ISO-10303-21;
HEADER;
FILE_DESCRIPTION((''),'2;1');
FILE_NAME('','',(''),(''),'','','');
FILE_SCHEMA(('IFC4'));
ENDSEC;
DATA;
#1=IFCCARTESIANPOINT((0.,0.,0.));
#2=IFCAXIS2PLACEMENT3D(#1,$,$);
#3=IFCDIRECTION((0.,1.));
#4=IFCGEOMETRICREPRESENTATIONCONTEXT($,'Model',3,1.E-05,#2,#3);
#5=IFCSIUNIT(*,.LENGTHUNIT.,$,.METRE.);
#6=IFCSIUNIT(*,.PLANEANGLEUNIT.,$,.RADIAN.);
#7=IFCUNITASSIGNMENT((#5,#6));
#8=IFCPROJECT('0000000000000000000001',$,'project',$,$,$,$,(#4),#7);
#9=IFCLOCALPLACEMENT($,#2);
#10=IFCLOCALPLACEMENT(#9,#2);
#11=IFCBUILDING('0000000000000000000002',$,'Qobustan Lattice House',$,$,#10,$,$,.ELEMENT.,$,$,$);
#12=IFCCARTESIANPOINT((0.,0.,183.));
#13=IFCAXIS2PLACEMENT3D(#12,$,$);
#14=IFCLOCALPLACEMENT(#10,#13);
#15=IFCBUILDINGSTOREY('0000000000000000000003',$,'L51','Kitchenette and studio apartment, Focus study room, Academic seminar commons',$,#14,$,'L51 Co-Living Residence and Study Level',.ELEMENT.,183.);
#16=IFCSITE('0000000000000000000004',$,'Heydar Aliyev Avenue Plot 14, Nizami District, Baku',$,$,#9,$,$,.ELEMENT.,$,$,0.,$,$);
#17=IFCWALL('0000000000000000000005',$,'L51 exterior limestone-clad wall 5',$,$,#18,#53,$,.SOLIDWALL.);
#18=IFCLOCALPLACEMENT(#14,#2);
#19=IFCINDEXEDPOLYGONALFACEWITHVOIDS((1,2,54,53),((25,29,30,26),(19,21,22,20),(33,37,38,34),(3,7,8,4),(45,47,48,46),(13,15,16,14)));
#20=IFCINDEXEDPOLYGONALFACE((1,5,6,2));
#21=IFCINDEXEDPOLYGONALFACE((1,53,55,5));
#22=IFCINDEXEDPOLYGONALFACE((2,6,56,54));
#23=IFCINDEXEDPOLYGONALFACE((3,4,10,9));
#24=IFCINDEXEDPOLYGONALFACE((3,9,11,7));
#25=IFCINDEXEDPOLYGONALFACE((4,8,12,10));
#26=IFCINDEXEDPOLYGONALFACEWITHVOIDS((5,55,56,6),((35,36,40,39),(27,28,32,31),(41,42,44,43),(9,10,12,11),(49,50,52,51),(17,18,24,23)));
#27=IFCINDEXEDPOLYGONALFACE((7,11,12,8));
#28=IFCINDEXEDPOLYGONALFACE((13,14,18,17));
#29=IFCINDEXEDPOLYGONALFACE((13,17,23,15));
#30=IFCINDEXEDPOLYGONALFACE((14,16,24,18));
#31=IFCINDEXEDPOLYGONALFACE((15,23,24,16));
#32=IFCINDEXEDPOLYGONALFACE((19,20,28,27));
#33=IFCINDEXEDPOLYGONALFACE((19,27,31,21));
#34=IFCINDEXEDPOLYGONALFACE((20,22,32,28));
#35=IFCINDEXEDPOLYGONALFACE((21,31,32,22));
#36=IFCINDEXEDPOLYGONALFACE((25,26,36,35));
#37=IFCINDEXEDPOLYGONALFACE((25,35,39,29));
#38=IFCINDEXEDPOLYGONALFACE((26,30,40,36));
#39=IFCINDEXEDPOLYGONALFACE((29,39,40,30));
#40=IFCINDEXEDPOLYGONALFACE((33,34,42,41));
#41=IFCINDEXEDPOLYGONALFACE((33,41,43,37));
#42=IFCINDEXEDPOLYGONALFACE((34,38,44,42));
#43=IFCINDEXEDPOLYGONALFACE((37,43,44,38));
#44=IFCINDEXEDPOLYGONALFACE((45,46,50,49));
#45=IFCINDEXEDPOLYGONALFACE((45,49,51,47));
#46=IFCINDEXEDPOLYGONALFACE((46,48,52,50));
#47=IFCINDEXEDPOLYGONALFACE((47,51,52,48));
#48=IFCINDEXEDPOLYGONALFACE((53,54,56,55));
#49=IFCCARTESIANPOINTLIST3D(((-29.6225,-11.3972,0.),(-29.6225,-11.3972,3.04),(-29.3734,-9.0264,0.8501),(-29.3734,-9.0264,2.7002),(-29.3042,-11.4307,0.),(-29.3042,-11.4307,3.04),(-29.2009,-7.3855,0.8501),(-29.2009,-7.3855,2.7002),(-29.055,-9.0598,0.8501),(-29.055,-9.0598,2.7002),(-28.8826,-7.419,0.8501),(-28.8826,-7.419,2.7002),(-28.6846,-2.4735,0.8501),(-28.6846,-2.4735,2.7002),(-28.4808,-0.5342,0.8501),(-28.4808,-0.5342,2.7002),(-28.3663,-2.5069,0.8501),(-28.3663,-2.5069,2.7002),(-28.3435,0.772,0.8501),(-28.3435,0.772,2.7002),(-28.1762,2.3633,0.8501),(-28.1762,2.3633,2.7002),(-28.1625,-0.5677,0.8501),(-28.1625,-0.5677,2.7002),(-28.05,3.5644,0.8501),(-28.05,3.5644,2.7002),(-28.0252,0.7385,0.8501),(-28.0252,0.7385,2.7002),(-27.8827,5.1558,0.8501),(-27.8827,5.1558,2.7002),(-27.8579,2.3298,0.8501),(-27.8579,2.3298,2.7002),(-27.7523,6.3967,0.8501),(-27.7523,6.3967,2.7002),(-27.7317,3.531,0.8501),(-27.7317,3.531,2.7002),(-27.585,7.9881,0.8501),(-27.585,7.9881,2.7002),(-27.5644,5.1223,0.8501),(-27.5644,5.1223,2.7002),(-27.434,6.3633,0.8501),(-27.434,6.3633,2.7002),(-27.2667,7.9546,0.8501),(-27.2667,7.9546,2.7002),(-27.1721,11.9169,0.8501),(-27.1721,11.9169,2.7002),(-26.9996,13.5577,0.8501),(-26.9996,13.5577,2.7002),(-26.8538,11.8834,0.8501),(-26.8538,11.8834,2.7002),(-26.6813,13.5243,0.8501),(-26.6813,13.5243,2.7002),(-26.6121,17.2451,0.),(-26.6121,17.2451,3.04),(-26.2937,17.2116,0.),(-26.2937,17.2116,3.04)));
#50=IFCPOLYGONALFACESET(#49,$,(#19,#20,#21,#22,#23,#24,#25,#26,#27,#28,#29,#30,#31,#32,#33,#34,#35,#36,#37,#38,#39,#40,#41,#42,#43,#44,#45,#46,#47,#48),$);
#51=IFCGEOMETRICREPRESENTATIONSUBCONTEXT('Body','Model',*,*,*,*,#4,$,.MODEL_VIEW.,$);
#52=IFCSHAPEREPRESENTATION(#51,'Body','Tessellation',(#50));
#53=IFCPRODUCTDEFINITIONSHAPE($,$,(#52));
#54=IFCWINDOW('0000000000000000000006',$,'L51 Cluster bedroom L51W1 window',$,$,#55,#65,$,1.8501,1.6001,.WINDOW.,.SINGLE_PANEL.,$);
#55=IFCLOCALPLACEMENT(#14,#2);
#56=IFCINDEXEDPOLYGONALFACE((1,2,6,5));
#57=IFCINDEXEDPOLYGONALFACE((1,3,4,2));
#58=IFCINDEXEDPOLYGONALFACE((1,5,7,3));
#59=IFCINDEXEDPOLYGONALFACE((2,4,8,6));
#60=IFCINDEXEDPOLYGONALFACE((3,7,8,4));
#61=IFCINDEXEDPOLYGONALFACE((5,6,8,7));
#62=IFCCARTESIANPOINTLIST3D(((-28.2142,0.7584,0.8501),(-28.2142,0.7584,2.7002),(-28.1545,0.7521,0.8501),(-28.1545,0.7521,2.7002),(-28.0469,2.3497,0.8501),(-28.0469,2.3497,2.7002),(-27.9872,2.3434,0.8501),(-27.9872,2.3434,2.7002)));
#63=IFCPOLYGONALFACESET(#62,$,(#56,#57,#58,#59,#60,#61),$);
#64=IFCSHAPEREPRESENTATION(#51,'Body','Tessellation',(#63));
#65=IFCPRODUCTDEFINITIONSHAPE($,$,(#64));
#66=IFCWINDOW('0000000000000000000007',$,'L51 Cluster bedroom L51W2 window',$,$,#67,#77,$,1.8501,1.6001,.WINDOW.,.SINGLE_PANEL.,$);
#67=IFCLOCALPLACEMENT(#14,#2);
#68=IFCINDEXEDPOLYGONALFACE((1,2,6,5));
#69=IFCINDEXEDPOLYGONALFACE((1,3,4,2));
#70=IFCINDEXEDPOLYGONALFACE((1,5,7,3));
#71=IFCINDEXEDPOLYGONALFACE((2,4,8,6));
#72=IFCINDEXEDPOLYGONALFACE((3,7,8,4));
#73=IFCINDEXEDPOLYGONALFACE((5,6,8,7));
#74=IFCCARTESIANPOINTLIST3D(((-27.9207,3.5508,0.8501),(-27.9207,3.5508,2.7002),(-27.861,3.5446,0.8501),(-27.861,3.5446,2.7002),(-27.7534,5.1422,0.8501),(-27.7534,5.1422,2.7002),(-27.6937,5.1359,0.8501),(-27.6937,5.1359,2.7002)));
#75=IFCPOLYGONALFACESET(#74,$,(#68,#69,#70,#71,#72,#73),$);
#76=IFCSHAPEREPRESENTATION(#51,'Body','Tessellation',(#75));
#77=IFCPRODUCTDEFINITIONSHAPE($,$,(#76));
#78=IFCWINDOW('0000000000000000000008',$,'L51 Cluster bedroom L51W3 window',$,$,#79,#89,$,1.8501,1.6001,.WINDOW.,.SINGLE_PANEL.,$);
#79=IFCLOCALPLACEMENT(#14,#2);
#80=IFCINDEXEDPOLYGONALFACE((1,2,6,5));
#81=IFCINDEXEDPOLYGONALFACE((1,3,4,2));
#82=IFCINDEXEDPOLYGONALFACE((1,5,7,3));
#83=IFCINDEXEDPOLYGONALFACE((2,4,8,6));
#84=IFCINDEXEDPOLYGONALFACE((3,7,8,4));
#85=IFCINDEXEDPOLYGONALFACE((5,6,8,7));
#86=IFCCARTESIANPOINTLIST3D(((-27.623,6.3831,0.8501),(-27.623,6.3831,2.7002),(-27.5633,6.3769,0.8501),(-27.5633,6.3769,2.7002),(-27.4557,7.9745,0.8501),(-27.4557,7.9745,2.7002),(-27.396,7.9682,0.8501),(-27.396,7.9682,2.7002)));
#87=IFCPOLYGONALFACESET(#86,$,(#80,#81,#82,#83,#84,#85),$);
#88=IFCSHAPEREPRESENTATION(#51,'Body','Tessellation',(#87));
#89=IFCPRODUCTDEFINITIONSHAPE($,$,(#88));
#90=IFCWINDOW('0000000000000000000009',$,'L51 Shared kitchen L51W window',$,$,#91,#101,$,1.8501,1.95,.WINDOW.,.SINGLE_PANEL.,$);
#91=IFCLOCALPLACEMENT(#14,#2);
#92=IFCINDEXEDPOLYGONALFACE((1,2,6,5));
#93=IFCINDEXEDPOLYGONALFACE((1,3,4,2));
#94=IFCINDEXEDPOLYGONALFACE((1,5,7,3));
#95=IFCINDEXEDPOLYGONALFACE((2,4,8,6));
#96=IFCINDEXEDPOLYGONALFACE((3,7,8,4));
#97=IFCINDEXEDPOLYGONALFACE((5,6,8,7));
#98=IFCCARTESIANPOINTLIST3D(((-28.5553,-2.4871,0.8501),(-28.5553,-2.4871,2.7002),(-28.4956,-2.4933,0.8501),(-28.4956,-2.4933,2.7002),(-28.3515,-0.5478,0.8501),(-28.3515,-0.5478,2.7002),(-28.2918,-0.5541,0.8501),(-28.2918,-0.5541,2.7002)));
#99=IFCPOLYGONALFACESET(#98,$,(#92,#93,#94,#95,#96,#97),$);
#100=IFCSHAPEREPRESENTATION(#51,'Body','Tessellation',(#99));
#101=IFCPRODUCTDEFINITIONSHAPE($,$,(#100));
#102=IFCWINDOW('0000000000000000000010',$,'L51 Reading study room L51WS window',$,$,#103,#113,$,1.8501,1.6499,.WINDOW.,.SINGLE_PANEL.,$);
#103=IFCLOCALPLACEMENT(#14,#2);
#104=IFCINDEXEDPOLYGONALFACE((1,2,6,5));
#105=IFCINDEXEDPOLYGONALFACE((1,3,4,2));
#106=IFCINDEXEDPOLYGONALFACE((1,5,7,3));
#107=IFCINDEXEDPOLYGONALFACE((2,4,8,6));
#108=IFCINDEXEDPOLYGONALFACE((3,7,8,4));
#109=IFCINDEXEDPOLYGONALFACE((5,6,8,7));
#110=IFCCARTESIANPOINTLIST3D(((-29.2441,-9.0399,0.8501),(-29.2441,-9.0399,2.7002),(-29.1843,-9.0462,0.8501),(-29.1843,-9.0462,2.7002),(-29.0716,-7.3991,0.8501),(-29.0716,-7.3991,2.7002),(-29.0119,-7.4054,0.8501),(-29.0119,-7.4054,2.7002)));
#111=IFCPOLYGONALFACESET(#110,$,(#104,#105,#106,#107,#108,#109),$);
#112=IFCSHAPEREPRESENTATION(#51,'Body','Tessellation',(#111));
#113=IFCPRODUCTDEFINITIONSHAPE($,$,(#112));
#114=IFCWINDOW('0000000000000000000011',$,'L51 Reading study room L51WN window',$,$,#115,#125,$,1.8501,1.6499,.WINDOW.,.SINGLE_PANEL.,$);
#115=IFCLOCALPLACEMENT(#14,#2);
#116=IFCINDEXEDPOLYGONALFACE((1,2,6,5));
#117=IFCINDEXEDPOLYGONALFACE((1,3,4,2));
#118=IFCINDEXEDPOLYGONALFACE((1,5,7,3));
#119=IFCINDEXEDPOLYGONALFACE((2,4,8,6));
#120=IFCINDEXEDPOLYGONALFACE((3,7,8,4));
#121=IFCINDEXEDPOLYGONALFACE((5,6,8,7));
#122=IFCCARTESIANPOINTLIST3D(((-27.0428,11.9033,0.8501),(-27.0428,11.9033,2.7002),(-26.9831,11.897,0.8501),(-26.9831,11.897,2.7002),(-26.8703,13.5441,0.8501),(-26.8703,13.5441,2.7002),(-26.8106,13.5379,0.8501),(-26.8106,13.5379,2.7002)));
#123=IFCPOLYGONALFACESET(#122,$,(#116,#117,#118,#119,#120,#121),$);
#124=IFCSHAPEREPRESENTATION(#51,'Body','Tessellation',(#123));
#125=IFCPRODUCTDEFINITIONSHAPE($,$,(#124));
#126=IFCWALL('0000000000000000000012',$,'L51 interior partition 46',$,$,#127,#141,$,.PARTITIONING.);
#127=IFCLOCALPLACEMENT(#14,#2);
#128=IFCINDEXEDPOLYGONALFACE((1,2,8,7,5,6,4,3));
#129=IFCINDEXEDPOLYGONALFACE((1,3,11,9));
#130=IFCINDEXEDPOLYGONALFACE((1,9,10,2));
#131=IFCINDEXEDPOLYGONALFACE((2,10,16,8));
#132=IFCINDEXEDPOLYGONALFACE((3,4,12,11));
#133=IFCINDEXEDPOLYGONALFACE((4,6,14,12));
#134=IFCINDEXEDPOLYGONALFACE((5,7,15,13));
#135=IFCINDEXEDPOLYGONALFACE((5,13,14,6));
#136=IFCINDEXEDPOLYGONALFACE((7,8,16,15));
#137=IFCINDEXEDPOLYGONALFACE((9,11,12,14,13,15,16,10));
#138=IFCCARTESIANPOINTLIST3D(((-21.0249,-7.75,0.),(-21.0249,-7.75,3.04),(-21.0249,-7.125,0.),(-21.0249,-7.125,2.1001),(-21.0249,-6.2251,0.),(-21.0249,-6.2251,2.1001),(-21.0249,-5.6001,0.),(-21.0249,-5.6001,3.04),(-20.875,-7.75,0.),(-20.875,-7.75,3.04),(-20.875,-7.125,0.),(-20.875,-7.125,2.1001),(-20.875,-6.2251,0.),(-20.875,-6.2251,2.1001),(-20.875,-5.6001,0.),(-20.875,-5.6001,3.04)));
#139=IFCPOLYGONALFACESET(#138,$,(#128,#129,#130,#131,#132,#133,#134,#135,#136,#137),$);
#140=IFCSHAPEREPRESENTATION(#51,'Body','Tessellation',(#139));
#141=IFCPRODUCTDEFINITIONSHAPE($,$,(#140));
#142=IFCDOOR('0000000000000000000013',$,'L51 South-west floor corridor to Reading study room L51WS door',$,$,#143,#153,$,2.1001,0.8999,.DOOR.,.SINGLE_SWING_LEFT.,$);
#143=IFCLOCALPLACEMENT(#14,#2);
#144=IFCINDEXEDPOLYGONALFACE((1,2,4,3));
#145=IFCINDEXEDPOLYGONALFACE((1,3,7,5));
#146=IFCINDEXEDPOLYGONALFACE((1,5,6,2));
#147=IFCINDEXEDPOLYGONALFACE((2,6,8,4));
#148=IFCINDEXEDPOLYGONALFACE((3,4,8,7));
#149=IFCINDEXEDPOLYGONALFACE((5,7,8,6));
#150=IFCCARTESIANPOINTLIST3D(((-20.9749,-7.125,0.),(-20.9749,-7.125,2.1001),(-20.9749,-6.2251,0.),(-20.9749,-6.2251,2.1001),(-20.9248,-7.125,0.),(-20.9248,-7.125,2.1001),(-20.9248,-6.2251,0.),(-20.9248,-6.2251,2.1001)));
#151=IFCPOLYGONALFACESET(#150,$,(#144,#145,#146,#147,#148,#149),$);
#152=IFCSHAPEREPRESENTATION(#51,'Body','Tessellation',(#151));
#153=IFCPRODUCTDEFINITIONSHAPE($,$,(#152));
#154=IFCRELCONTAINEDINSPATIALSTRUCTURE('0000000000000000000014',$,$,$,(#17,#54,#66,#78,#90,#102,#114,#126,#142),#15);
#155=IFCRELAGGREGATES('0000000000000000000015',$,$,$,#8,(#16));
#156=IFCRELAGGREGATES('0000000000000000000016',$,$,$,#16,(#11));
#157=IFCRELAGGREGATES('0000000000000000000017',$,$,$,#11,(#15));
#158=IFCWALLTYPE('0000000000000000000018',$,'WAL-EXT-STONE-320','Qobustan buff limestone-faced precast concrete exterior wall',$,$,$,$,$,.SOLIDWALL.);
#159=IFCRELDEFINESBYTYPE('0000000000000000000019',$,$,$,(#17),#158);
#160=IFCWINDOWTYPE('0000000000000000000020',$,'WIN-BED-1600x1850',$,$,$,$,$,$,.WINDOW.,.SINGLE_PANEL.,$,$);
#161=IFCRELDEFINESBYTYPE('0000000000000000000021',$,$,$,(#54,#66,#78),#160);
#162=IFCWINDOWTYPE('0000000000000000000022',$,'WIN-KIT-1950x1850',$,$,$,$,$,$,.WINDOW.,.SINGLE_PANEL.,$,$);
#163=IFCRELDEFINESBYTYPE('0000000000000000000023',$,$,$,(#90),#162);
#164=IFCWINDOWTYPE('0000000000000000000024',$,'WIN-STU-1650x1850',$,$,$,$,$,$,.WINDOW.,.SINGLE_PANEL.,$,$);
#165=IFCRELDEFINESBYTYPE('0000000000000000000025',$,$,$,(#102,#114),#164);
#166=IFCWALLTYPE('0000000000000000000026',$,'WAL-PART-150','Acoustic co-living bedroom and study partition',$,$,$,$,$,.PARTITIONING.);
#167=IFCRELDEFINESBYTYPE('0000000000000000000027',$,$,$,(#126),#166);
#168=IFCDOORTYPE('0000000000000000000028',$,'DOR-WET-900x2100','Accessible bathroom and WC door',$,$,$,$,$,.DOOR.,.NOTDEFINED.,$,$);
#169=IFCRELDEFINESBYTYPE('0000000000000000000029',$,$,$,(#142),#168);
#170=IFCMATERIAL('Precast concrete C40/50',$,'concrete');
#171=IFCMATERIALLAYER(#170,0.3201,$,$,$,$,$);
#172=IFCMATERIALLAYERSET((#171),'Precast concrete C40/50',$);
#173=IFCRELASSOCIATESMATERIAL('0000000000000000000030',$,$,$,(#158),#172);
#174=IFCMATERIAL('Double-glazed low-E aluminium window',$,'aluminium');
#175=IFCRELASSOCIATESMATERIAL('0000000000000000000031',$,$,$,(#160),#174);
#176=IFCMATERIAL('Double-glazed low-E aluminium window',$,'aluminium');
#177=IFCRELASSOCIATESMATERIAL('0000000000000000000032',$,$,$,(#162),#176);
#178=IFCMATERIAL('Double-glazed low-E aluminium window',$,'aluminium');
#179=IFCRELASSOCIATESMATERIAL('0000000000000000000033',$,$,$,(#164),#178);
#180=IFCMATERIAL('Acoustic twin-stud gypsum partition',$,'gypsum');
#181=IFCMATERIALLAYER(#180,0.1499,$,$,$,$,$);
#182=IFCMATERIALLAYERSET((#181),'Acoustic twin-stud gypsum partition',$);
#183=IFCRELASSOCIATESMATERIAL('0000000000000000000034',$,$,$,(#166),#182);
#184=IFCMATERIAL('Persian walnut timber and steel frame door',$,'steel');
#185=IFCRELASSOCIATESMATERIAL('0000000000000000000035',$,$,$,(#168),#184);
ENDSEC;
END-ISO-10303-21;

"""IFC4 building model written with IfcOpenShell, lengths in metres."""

from ifc_helpers import new_model, si_unit, direction, frame, frame_2d, origin, place, context, subcontext, project, spatial, rectangle, extrude, material, layer, layer_set, type_object, element, fill, save


model = new_model("IFC4")

# Units and contexts
model_context = context("Model", 3, precision=1e-05, world=origin(), true_north=direction((0.0, 1.0)))
body_context = subcontext(model_context, "Body", "Model", "MODEL_VIEW")
ifc_project = project(units=[si_unit("LENGTHUNIT", "METRE"), si_unit("PLANEANGLEUNIT", "RADIAN")], contexts=[model_context])

# Site, building, storey
site_placement = place(None, origin())
site = spatial("IfcSite", under=ifc_project, at=site_placement, Name="Heydar Aliyev Avenue Plot 14, Nizami District, Baku", CompositionType="ELEMENT", RefElevation=0.0)
building_placement = place(site_placement, origin())
building = spatial("IfcBuilding", under=site, at=building_placement, Name="Qobustan Lattice House", CompositionType="ELEMENT")
storey_placement = place(building_placement, frame((0.0, 0.0, 183.0)))
storey = spatial("IfcBuildingStorey", under=building, at=storey_placement, Name="L51", Description="Kitchenette and studio apartment, Focus study room, Academic seminar commons", LongName="L51 Co-Living Residence and Study Level", CompositionType="ELEMENT", Elevation=183.0)

# Shared definitions
ifc_material_1 = material(Name="Precast concrete C40/50", Category="concrete")
ifc_layer_1 = layer(ifc_material_1, 0.3201)
ifc_layer_set_1 = layer_set([ifc_layer_1], Name="Precast concrete C40/50")
wall_type_1 = type_object("IfcWallType", Name="WAL-EXT-STONE-320", Description="Qobustan buff limestone-faced precast concrete exterior wall", PredefinedType="SOLIDWALL", material=ifc_layer_set_1)

# Wall, openings, windows
wall_1_placement = place(storey_placement, frame((-29.4634, -11.4138, 0.0), z_axis=(0.0, 0.0, 1.0), x_axis=(0.104531, 0.994522, 0.0)))
wall_1 = element("IfcWall", 1, at=wall_1_placement, inside=storey, type_object=wall_type_1, Name="L51 exterior limestone-clad wall 5", PredefinedType="SOLIDWALL", context=body_context, shape_type="SweptSolid", body=[
    extrude(rectangle(XDim=28.8, YDim=0.3201, at=frame_2d((14.3999, 0.0))), origin(), (0.0, 0.0, 1.0), 3.04),
])
opening_1_placement = place(wall_1_placement, frame((2.3838, 0.0, 0.8501)))
opening_1 = element("IfcOpeningElement", 2, at=opening_1_placement, cuts=wall_1, PredefinedType="OPENING", context=body_context, shape_type="SweptSolid", body=[
    extrude(rectangle(XDim=1.6499, YDim=1.8501, at=frame_2d((0.825, 0.925))), frame((0.0, 0.1699, 0.0), z_axis=(0.0, -1.0, 0.0), x_axis=(1.0, 0.0, 0.0)), (0.0, 0.0, 1.0), 0.3401),
])
opening_2_placement = place(wall_1_placement, frame((8.9727, 0.0, 0.8501)))
opening_2 = element("IfcOpeningElement", 3, at=opening_2_placement, cuts=wall_1, PredefinedType="OPENING", context=body_context, shape_type="SweptSolid", body=[
    extrude(rectangle(XDim=1.95, YDim=1.8501, at=frame_2d((0.9751, 0.925))), frame((0.0, 0.1699, 0.0), z_axis=(0.0, -1.0, 0.0), x_axis=(1.0, 0.0, 0.0)), (0.0, 0.0, 1.0), 0.3401),
])
opening_3_placement = place(wall_1_placement, frame((12.2361, 0.0, 0.8501)))
opening_3 = element("IfcOpeningElement", 4, at=opening_3_placement, cuts=wall_1, PredefinedType="OPENING", context=body_context, shape_type="SweptSolid", body=[
    extrude(rectangle(XDim=1.6001, YDim=1.8501, at=frame_2d((0.8, 0.925))), frame((0.0, 0.1699, 0.0), z_axis=(0.0, -1.0, 0.0), x_axis=(1.0, 0.0, 0.0)), (0.0, 0.0, 1.0), 0.3401),
])
opening_4_placement = place(wall_1_placement, frame((15.0439, 0.0, 0.8501)))
opening_4 = element("IfcOpeningElement", 5, at=opening_4_placement, cuts=wall_1, PredefinedType="OPENING", context=body_context, shape_type="SweptSolid", body=[
    extrude(rectangle(XDim=1.6001, YDim=1.8501, at=frame_2d((0.8, 0.925))), frame((0.0, 0.1699, 0.0), z_axis=(0.0, -1.0, 0.0), x_axis=(1.0, 0.0, 0.0)), (0.0, 0.0, 1.0), 0.3401),
])
opening_5_placement = place(wall_1_placement, frame((17.8918, 0.0, 0.8501)))
opening_5 = element("IfcOpeningElement", 6, at=opening_5_placement, cuts=wall_1, PredefinedType="OPENING", context=body_context, shape_type="SweptSolid", body=[
    extrude(rectangle(XDim=1.6001, YDim=1.8501, at=frame_2d((0.8, 0.925))), frame((0.0, 0.1699, 0.0), z_axis=(0.0, -1.0, 0.0), x_axis=(1.0, 0.0, 0.0)), (0.0, 0.0, 1.0), 0.3401),
])
opening_6_placement = place(wall_1_placement, frame((23.4424, 0.0, 0.8501)))
opening_6 = element("IfcOpeningElement", 7, at=opening_6_placement, cuts=wall_1, PredefinedType="OPENING", context=body_context, shape_type="SweptSolid", body=[
    extrude(rectangle(XDim=1.6499, YDim=1.8501, at=frame_2d((0.825, 0.925))), frame((0.0, 0.1699, 0.0), z_axis=(0.0, -1.0, 0.0), x_axis=(1.0, 0.0, 0.0)), (0.0, 0.0, 1.0), 0.3401),
])
ifc_material_2 = material(Name="Double-glazed low-E aluminium window", Category="aluminium")
window_type_1 = type_object("IfcWindowType", Name="WIN-BED-1600x1850", PartitioningType="SINGLE_PANEL", PredefinedType="WINDOW", material=ifc_material_2)
window_1_placement = place(opening_3_placement, origin())
window_1 = element("IfcWindow", 8, at=window_1_placement, inside=storey, type_object=window_type_1, Name="L51 Cluster bedroom L51W1 window", OverallHeight=1.8501, OverallWidth=1.6001, PartitioningType="SINGLE_PANEL", PredefinedType="WINDOW", context=body_context, shape_type="SweptSolid", body=[
    extrude(rectangle(XDim=1.6001, YDim=1.8501, at=frame_2d((0.8, 0.925))), frame((0.0, 0.03, 0.0), z_axis=(0.0, -1.0, 0.0), x_axis=(1.0, 0.0, 0.0)), (0.0, 0.0, 1.0), 0.0601),
])
fill(opening_3, window_1)
window_2_placement = place(opening_4_placement, origin())
window_2 = element("IfcWindow", 9, at=window_2_placement, inside=storey, type_object=window_type_1, Name="L51 Cluster bedroom L51W2 window", OverallHeight=1.8501, OverallWidth=1.6001, PartitioningType="SINGLE_PANEL", PredefinedType="WINDOW", context=body_context, shape_type="SweptSolid", body=[
    extrude(rectangle(XDim=1.6001, YDim=1.8501, at=frame_2d((0.8, 0.925))), frame((0.0, 0.03, 0.0), z_axis=(0.0, -1.0, 0.0), x_axis=(1.0, 0.0, 0.0)), (0.0, 0.0, 1.0), 0.0601),
])
fill(opening_4, window_2)
window_3_placement = place(opening_5_placement, origin())
window_3 = element("IfcWindow", 10, at=window_3_placement, inside=storey, type_object=window_type_1, Name="L51 Cluster bedroom L51W3 window", OverallHeight=1.8501, OverallWidth=1.6001, PartitioningType="SINGLE_PANEL", PredefinedType="WINDOW", context=body_context, shape_type="SweptSolid", body=[
    extrude(rectangle(XDim=1.6001, YDim=1.8501, at=frame_2d((0.8, 0.925))), frame((0.0, 0.03, 0.0), z_axis=(0.0, -1.0, 0.0), x_axis=(1.0, 0.0, 0.0)), (0.0, 0.0, 1.0), 0.0601),
])
fill(opening_5, window_3)
ifc_material_3 = material(Name="Double-glazed low-E aluminium window", Category="aluminium")
window_type_2 = type_object("IfcWindowType", Name="WIN-KIT-1950x1850", PartitioningType="SINGLE_PANEL", PredefinedType="WINDOW", material=ifc_material_3)
window_4_placement = place(opening_2_placement, origin())
window_4 = element("IfcWindow", 11, at=window_4_placement, inside=storey, type_object=window_type_2, Name="L51 Shared kitchen L51W window", OverallHeight=1.8501, OverallWidth=1.95, PartitioningType="SINGLE_PANEL", PredefinedType="WINDOW", context=body_context, shape_type="SweptSolid", body=[
    extrude(rectangle(XDim=1.95, YDim=1.8501, at=frame_2d((0.9751, 0.925))), frame((0.0, 0.03, 0.0), z_axis=(0.0, -1.0, 0.0), x_axis=(1.0, 0.0, 0.0)), (0.0, 0.0, 1.0), 0.0601),
])
fill(opening_2, window_4)
ifc_material_4 = material(Name="Double-glazed low-E aluminium window", Category="aluminium")
window_type_3 = type_object("IfcWindowType", Name="WIN-STU-1650x1850", PartitioningType="SINGLE_PANEL", PredefinedType="WINDOW", material=ifc_material_4)
window_5_placement = place(opening_1_placement, origin())
window_5 = element("IfcWindow", 12, at=window_5_placement, inside=storey, type_object=window_type_3, Name="L51 Reading study room L51WS window", OverallHeight=1.8501, OverallWidth=1.6499, PartitioningType="SINGLE_PANEL", PredefinedType="WINDOW", context=body_context, shape_type="SweptSolid", body=[
    extrude(rectangle(XDim=1.6499, YDim=1.8501, at=frame_2d((0.825, 0.925))), frame((0.0, 0.03, 0.0), z_axis=(0.0, -1.0, 0.0), x_axis=(1.0, 0.0, 0.0)), (0.0, 0.0, 1.0), 0.0601),
])
fill(opening_1, window_5)
window_6_placement = place(opening_6_placement, origin())
window_6 = element("IfcWindow", 13, at=window_6_placement, inside=storey, type_object=window_type_3, Name="L51 Reading study room L51WN window", OverallHeight=1.8501, OverallWidth=1.6499, PartitioningType="SINGLE_PANEL", PredefinedType="WINDOW", context=body_context, shape_type="SweptSolid", body=[
    extrude(rectangle(XDim=1.6499, YDim=1.8501, at=frame_2d((0.825, 0.925))), frame((0.0, 0.03, 0.0), z_axis=(0.0, -1.0, 0.0), x_axis=(1.0, 0.0, 0.0)), (0.0, 0.0, 1.0), 0.0601),
])
fill(opening_6, window_6)

# Wall, opening, door
ifc_material_5 = material(Name="Acoustic twin-stud gypsum partition", Category="gypsum")
ifc_layer_2 = layer(ifc_material_5, 0.1499)
ifc_layer_set_2 = layer_set([ifc_layer_2], Name="Acoustic twin-stud gypsum partition")
wall_type_2 = type_object("IfcWallType", Name="WAL-PART-150", Description="Acoustic co-living bedroom and study partition", PredefinedType="PARTITIONING", material=ifc_layer_set_2)
wall_2_placement = place(storey_placement, frame((-20.95, -7.75, 0.0), z_axis=(0.0, 0.0, 1.0), x_axis=(0.0, 1.0, 0.0)))
wall_2 = element("IfcWall", 14, at=wall_2_placement, inside=storey, type_object=wall_type_2, Name="L51 interior partition 46", PredefinedType="PARTITIONING", context=body_context, shape_type="SweptSolid", body=[
    extrude(rectangle(XDim=2.1499, YDim=0.1499, at=frame_2d((1.075, 0.0))), origin(), (0.0, 0.0, 1.0), 3.04),
])
opening_7_placement = place(wall_2_placement, frame((0.625, 0.0, 0.0)))
opening_7 = element("IfcOpeningElement", 15, at=opening_7_placement, cuts=wall_2, PredefinedType="OPENING", context=body_context, shape_type="SweptSolid", body=[
    extrude(rectangle(XDim=0.8999, YDim=2.1001, at=frame_2d((0.45, 1.05))), frame((0.0, 0.085, 0.0), z_axis=(0.0, -1.0, 0.0), x_axis=(1.0, 0.0, 0.0)), (0.0, 0.0, 1.0), 0.1699),
])
ifc_material_6 = material(Name="Persian walnut timber and steel frame door", Category="steel")
door_type = type_object("IfcDoorType", Name="DOR-WET-900x2100", Description="Accessible bathroom and WC door", OperationType="NOTDEFINED", PredefinedType="DOOR", material=ifc_material_6)
door_placement = place(opening_7_placement, origin())
door = element("IfcDoor", 16, at=door_placement, inside=storey, type_object=door_type, Name="L51 South-west floor corridor to Reading study room L51WS door", OperationType="SINGLE_SWING_LEFT", OverallHeight=2.1001, OverallWidth=0.8999, PredefinedType="DOOR", context=body_context, shape_type="SweptSolid", body=[
    extrude(rectangle(XDim=0.8999, YDim=2.1001, at=frame_2d((0.45, 1.05))), frame((0.0, 0.0249, 0.0), z_axis=(0.0, -1.0, 0.0), x_axis=(1.0, 0.0, 0.0)), (0.0, 0.0, 1.0), 0.05),
])
fill(opening_7, door)

save(model, "model.ifc")
